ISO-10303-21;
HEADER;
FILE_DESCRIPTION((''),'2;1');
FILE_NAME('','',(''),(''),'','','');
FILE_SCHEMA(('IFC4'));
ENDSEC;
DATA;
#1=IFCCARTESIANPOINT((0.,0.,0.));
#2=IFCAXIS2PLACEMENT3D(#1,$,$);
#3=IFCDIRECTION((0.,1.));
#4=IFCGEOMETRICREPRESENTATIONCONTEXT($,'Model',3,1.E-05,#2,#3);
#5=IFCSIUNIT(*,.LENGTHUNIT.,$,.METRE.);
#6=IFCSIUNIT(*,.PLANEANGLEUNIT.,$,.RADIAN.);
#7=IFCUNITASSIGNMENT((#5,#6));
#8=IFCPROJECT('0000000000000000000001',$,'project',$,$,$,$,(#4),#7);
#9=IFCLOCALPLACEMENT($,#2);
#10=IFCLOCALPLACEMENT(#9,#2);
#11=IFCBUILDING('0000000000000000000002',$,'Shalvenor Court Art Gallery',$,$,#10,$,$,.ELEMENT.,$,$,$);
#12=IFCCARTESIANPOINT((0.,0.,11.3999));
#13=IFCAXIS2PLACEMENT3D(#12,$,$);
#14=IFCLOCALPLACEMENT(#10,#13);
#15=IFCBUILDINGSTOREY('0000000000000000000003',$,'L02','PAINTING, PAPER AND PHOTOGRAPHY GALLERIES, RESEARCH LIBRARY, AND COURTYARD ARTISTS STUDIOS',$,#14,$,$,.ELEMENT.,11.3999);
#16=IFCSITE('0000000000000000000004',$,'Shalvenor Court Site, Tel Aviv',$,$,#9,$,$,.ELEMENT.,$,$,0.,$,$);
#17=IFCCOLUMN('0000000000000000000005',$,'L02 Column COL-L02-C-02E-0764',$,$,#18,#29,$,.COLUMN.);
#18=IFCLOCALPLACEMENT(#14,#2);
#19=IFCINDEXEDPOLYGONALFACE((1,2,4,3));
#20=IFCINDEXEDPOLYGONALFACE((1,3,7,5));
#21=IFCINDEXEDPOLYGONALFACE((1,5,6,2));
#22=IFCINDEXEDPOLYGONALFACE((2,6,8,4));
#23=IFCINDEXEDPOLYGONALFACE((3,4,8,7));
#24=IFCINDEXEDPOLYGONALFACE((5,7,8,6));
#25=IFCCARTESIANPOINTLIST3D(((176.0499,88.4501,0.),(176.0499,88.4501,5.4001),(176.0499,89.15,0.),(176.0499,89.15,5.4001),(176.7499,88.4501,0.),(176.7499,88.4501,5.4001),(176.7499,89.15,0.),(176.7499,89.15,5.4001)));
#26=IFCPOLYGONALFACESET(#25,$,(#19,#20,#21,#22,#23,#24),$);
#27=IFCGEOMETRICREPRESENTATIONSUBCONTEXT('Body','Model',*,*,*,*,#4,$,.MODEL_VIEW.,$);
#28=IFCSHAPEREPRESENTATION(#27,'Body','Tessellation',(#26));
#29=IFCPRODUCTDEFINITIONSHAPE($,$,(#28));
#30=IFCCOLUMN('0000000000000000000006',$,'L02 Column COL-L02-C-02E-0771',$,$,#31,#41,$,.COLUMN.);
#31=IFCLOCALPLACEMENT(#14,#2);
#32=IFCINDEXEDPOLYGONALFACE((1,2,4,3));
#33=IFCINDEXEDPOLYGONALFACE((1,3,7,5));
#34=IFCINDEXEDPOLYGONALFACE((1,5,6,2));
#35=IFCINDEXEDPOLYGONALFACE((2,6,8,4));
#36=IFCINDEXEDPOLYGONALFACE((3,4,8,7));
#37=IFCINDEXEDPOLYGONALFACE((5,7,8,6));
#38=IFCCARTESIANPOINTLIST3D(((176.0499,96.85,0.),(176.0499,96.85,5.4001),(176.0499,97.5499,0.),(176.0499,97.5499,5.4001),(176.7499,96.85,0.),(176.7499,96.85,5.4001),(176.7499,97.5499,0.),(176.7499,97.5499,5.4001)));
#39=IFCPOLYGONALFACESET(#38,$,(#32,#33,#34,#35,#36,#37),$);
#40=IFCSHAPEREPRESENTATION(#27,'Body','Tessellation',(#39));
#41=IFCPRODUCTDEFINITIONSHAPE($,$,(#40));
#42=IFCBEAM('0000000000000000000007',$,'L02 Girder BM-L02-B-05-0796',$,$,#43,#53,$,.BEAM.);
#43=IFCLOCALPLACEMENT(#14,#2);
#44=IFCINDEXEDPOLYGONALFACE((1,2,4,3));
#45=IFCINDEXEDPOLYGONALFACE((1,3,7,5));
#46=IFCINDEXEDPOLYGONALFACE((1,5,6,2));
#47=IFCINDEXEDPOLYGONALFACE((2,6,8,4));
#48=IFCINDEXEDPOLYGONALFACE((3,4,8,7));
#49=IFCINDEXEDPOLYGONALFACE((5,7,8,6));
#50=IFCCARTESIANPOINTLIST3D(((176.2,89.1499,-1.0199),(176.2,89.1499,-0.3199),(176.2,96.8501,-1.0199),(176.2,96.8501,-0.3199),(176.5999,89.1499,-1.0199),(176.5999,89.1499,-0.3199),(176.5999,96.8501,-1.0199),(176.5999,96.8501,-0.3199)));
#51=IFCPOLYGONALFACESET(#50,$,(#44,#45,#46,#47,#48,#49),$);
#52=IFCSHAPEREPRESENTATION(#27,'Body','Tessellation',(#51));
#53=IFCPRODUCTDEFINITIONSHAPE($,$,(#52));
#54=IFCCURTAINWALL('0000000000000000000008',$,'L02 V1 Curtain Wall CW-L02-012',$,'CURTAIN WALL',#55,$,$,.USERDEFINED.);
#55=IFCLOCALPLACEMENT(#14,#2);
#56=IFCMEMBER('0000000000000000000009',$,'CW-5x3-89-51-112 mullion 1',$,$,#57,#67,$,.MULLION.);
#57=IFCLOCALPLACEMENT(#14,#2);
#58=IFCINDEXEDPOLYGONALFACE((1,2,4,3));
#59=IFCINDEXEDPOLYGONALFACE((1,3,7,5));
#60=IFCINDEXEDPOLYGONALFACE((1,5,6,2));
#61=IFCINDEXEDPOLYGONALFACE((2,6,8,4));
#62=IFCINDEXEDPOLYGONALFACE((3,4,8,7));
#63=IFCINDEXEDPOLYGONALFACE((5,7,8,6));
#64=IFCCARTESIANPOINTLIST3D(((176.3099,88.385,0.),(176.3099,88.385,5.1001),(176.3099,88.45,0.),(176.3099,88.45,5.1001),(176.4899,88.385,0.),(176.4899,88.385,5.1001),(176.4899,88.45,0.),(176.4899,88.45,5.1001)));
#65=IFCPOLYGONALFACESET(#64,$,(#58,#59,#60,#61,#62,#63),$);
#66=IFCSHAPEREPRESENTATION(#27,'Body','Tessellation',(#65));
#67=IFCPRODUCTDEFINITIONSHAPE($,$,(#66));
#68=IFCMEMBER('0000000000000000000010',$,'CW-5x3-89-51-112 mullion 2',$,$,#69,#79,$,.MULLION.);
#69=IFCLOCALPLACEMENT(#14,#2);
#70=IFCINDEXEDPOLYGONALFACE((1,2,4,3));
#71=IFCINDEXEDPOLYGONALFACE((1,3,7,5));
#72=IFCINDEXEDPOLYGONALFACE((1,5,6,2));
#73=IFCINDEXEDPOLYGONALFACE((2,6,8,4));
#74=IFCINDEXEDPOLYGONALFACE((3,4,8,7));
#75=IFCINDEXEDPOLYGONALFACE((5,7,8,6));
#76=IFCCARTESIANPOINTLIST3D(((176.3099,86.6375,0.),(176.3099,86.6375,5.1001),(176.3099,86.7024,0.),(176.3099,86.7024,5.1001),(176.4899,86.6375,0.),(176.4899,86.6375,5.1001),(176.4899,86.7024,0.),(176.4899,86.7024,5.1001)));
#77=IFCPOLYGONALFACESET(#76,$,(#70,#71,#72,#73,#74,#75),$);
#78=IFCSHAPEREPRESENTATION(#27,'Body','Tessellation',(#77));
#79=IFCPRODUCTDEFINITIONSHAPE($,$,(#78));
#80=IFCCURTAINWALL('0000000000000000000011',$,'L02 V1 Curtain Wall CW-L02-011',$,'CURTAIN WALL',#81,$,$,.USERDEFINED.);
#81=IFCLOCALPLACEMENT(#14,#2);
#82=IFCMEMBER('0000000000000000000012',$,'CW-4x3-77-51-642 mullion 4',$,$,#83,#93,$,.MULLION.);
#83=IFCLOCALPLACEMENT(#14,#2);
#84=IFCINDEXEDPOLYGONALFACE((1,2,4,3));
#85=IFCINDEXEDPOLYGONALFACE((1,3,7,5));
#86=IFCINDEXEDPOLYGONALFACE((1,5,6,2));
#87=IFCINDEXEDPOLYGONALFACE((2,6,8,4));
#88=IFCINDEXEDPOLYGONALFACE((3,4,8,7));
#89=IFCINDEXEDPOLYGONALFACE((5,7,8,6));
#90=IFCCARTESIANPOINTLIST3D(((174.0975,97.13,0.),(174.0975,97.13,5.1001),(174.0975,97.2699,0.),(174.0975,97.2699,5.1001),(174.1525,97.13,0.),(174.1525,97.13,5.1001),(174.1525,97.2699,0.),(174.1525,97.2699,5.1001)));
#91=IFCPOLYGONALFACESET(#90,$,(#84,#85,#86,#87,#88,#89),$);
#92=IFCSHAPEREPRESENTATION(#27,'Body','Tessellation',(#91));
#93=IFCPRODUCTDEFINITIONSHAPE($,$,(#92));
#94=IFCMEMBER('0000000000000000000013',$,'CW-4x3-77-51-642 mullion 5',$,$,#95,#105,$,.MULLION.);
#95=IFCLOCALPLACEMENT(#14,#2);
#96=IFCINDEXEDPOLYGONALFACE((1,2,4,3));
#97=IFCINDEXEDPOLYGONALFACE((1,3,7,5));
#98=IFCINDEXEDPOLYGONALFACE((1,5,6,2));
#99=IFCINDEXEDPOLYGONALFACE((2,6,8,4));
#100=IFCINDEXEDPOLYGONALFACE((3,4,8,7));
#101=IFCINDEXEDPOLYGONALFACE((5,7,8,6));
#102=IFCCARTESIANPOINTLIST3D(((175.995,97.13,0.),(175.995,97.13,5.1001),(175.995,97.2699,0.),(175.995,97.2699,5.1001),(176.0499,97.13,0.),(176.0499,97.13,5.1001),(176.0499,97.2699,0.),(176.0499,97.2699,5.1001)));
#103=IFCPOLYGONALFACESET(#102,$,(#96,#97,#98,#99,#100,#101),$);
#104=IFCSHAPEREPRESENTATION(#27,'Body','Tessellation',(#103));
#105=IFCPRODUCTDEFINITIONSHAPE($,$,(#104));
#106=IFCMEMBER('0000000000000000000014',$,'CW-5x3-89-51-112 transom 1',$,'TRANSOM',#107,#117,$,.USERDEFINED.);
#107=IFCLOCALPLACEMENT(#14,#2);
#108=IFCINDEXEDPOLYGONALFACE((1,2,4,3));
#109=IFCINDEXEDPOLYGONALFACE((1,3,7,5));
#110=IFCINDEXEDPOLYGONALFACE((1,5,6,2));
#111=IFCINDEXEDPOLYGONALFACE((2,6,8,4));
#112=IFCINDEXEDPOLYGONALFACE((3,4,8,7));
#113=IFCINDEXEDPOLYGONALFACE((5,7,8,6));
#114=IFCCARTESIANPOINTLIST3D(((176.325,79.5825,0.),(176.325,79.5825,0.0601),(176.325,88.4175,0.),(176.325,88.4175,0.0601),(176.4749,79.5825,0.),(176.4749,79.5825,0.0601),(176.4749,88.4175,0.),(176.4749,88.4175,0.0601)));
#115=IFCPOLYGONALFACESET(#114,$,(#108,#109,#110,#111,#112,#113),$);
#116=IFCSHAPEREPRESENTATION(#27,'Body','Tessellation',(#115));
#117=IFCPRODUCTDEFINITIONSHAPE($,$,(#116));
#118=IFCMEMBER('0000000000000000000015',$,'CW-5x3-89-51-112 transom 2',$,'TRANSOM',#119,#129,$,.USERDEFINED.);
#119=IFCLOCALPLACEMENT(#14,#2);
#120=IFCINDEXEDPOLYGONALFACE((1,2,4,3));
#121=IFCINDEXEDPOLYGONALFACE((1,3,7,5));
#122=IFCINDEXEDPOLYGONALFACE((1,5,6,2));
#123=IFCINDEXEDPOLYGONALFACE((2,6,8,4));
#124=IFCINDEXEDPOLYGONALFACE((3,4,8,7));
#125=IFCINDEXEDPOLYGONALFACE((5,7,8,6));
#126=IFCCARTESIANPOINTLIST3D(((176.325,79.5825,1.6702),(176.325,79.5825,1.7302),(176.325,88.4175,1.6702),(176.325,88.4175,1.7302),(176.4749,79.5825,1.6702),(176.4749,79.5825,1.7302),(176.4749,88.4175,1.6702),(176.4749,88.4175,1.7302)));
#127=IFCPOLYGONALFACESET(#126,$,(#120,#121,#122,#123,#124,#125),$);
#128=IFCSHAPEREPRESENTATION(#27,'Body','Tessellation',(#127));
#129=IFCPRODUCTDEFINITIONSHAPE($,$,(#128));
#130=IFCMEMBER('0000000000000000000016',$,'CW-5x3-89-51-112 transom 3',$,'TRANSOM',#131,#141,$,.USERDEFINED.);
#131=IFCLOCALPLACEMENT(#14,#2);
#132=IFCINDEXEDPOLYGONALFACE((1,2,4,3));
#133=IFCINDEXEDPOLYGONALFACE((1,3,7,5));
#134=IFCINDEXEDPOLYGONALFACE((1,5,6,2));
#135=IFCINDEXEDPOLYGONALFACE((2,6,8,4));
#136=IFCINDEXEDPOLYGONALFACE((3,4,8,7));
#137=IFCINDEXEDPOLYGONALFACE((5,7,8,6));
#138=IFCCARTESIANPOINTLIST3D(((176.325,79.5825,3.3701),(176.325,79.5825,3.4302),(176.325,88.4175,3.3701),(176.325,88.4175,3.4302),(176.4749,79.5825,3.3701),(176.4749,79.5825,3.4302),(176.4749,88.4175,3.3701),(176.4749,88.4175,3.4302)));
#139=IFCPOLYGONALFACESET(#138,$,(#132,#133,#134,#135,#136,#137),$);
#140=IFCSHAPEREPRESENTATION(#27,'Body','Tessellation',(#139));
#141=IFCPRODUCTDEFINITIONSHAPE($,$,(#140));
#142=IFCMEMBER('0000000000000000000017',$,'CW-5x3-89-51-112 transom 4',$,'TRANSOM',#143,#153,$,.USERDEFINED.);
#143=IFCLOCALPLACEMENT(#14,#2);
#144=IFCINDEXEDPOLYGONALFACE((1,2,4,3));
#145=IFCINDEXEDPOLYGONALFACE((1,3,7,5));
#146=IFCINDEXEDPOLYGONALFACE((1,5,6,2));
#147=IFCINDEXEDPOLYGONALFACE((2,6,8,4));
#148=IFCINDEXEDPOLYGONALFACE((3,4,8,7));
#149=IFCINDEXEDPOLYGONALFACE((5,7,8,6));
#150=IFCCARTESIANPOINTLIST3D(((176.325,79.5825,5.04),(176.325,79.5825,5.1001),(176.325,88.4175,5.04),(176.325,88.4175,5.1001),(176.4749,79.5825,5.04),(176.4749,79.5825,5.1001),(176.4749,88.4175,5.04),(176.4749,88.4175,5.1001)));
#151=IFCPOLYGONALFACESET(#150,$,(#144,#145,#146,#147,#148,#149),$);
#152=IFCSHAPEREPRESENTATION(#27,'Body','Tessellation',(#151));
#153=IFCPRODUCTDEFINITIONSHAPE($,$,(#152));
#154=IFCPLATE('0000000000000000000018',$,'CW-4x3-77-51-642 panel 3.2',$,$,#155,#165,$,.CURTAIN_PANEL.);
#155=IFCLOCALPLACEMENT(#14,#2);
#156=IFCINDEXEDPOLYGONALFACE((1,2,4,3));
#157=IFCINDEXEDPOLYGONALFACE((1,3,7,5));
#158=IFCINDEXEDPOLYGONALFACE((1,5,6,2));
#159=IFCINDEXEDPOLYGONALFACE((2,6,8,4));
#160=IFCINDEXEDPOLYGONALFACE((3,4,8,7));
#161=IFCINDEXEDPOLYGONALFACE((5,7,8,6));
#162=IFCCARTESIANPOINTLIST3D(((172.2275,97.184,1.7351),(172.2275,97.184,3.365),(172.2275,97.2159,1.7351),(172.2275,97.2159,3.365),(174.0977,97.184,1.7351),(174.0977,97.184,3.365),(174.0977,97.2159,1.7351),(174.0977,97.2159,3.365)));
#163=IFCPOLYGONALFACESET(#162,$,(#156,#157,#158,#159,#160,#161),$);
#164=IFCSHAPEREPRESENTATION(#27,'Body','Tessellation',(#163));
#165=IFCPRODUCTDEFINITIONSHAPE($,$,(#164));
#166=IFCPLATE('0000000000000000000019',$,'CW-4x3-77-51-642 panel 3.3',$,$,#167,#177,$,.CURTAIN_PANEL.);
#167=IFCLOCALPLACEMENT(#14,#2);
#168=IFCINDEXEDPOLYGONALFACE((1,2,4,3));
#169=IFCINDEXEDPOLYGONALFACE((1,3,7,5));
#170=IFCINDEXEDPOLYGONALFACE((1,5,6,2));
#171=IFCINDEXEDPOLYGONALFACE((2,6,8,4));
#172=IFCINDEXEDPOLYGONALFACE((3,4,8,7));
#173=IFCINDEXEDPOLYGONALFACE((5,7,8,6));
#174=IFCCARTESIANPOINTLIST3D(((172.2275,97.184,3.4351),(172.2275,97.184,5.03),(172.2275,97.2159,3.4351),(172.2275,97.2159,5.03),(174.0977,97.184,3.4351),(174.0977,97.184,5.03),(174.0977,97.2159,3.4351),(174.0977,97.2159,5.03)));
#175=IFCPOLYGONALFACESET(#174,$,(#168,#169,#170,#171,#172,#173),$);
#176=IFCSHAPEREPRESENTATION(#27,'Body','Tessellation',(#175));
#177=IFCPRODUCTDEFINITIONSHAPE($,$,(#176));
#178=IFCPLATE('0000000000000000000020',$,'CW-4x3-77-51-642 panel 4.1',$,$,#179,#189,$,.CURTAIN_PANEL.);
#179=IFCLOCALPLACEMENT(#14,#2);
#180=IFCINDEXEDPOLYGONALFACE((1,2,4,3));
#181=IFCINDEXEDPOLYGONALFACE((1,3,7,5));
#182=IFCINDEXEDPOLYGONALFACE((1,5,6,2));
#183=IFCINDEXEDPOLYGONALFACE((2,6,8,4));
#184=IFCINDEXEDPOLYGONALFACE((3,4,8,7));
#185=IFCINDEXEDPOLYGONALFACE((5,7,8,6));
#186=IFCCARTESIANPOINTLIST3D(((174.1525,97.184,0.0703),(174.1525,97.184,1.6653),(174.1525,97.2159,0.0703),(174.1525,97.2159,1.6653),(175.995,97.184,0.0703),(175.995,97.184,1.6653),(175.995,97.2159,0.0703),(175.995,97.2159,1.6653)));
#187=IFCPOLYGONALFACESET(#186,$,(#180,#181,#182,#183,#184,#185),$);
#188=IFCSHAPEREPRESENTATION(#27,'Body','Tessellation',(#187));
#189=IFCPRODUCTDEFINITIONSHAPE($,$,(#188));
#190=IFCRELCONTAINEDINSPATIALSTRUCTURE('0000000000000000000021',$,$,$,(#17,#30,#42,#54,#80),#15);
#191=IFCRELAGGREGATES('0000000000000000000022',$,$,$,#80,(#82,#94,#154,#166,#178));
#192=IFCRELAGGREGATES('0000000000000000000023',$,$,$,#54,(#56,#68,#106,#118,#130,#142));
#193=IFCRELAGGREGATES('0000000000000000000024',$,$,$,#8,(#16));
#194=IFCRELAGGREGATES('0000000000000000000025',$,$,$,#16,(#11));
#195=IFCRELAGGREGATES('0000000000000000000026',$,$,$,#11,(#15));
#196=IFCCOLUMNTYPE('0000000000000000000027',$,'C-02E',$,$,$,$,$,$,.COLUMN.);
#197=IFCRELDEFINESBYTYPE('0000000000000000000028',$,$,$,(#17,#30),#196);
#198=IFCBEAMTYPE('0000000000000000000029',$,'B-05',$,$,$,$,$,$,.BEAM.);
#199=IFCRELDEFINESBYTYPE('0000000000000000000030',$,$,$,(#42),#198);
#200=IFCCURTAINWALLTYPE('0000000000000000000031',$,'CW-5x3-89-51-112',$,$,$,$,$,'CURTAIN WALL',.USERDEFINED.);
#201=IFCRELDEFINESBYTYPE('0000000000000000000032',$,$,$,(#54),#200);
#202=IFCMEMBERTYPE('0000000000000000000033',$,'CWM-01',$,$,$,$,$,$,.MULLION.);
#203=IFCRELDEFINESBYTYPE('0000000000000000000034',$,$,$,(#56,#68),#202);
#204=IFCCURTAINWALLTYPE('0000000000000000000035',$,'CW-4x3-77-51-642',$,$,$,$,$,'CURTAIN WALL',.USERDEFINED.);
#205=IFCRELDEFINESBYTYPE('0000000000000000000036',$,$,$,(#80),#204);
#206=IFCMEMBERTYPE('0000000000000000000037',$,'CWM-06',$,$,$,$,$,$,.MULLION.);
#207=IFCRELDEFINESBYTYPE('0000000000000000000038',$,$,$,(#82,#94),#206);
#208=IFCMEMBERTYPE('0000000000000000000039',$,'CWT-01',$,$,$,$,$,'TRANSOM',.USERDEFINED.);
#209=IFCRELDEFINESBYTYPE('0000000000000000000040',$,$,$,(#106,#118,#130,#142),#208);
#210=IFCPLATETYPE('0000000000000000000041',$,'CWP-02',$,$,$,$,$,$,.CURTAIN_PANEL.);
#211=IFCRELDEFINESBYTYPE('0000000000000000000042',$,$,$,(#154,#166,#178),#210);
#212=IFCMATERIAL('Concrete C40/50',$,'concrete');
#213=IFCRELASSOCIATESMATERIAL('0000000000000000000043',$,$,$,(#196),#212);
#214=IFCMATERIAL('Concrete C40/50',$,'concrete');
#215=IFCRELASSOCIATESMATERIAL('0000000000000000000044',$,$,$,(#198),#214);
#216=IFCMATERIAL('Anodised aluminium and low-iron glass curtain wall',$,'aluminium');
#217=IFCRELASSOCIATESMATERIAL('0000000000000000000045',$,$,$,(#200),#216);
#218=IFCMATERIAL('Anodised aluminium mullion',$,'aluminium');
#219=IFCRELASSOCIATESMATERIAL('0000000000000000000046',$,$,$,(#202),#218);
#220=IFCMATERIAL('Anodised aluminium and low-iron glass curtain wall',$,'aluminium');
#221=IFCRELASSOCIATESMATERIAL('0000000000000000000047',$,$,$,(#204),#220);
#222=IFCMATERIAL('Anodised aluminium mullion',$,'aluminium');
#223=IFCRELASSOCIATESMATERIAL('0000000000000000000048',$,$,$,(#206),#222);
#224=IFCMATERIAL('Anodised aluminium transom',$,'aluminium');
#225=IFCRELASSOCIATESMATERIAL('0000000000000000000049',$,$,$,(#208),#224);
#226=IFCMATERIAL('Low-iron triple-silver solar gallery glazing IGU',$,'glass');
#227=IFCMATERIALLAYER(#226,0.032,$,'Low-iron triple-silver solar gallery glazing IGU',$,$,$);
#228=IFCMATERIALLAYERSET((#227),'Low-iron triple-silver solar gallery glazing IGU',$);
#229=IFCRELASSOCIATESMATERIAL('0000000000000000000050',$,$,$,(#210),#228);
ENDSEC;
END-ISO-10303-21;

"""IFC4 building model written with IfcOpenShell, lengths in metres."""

from ifc_helpers import new_model, si_unit, direction, frame, origin, origin_2d, place, context, subcontext, project, spatial, rectangle, extrude, material, layer, layer_set, material_profile, profile_set, type_object, element, aggregate, save


model = new_model("IFC4")

# Units and contexts
model_context = context("Model", 3, precision=1e-05, world=origin(), true_north=direction((0.0, 1.0)))
body_context = subcontext(model_context, "Body", "Model", "MODEL_VIEW")
ifc_project = project(units=[si_unit("LENGTHUNIT", "METRE"), si_unit("PLANEANGLEUNIT", "RADIAN")], contexts=[model_context])

# Site, building, storey
site_placement = place(None, origin())
site = spatial("IfcSite", under=ifc_project, at=site_placement, Name="Shalvenor Court Site, Tel Aviv", CompositionType="ELEMENT", RefElevation=0.0)
building_placement = place(site_placement, origin())
building = spatial("IfcBuilding", under=site, at=building_placement, Name="Shalvenor Court Art Gallery", CompositionType="ELEMENT")
storey_placement = place(building_placement, frame((0.0, 0.0, 11.3999)))
storey = spatial("IfcBuildingStorey", under=building, at=storey_placement, Name="L02", Description="PAINTING, PAPER AND PHOTOGRAPHY GALLERIES, RESEARCH LIBRARY, AND COURTYARD ARTISTS STUDIOS", CompositionType="ELEMENT", Elevation=11.3999)

# Columns
ifc_material_1 = material(Name="Concrete C40/50", Category="concrete")
ifc_material_profile_1 = material_profile(ifc_material_1, rectangle(XDim=0.7, YDim=0.7, at=origin_2d()), Name="RC 700x700")
ifc_profile_set_1 = profile_set([ifc_material_profile_1], Name="Concrete C40/50")
column_type = type_object("IfcColumnType", Name="C-02E", PredefinedType="COLUMN", material=ifc_profile_set_1)
for number, where, z_axis, x_axis, name in (
    (1, (176.3999, 88.8, 0.0), (0.0, 0.0, 1.0), (1.0, 0.0, 0.0), "L02 Column COL-L02-C-02E-0764"),
    (2, (176.3999, 97.2, 0.0), (0.0, 0.0, 1.0), (1.0, 0.0, 0.0), "L02 Column COL-L02-C-02E-0771"),
):
    element("IfcColumn", number, at=place(storey_placement, frame(where, z_axis=z_axis, x_axis=x_axis)), inside=storey, type_object=column_type, Name=name, PredefinedType="COLUMN", context=body_context, shape_type="SweptSolid", body=[
        extrude(rectangle(XDim=0.7, YDim=0.7, at=origin_2d()), origin(), (0.0, 0.0, 1.0), 5.4001),
    ])

# Beam
ifc_material_2 = material(Name="Concrete C40/50", Category="concrete")
ifc_material_profile_2 = material_profile(ifc_material_2, rectangle(XDim=0.3999, YDim=0.7, at=origin_2d()), Name="RC 400x700")
ifc_profile_set_2 = profile_set([ifc_material_profile_2], Name="Concrete C40/50")
beam_type = type_object("IfcBeamType", Name="B-05", PredefinedType="BEAM", material=ifc_profile_set_2)
beam_placement = place(storey_placement, frame((176.3999, 89.1499, -0.6699), z_axis=(0.0, 1.0, 0.0), x_axis=(-1.0, 0.0, 0.0)))
element("IfcBeam", 3, at=beam_placement, inside=storey, type_object=beam_type, Name="L02 Girder BM-L02-B-05-0796", PredefinedType="BEAM", context=body_context, shape_type="SweptSolid", body=[
    extrude(rectangle(XDim=0.3999, YDim=0.7, at=origin_2d()), origin(), (0.0, 0.0, 1.0), 7.7002),
])

# Curtain walls, members
ifc_material_3 = material(Name="Anodised aluminium and low-iron glass curtain wall", Category="aluminium")
curtain_wall_type_1 = type_object("IfcCurtainWallType", Name="CW-5x3-89-51-112", ElementType="CURTAIN WALL", PredefinedType="USERDEFINED", material=ifc_material_3)
curtain_wall_1_placement = place(storey_placement, origin())
curtain_wall_1 = element("IfcCurtainWall", 4, at=curtain_wall_1_placement, inside=storey, type_object=curtain_wall_type_1, Name="L02 V1 Curtain Wall CW-L02-012", ObjectType="CURTAIN WALL", PredefinedType="USERDEFINED")
ifc_material_4 = material(Name="Anodised aluminium mullion", Category="aluminium")
ifc_material_profile_3 = material_profile(ifc_material_4, rectangle(XDim=0.0649, YDim=0.1799, at=origin_2d()), Name="CWM-01")
ifc_profile_set_3 = profile_set([ifc_material_profile_3], Name="Anodised aluminium mullion")
member_type_1 = type_object("IfcMemberType", Name="CWM-01", PredefinedType="MULLION", material=ifc_profile_set_3)
member_1_placement = place(storey_placement, frame((176.3999, 88.4175, 0.0), z_axis=(0.0, 0.0, 1.0), x_axis=(0.0, -1.0, 0.0)))
member_1 = element("IfcMember", 5, at=member_1_placement, type_object=member_type_1, Name="CW-5x3-89-51-112 mullion 1", PredefinedType="MULLION", context=body_context, shape_type="SweptSolid", body=[
    extrude(rectangle(XDim=0.0649, YDim=0.1799, at=origin_2d()), origin(), (0.0, 0.0, 1.0), 5.1001),
])
member_2_placement = place(storey_placement, frame((176.3999, 86.6699, 0.0), z_axis=(0.0, 0.0, 1.0), x_axis=(0.0, -1.0, 0.0)))
member_2 = element("IfcMember", 6, at=member_2_placement, type_object=member_type_1, Name="CW-5x3-89-51-112 mullion 2", PredefinedType="MULLION", context=body_context, shape_type="SweptSolid", body=[
    extrude(rectangle(XDim=0.0649, YDim=0.1799, at=origin_2d()), origin(), (0.0, 0.0, 1.0), 5.1001),
])
ifc_material_5 = material(Name="Anodised aluminium and low-iron glass curtain wall", Category="aluminium")
curtain_wall_type_2 = type_object("IfcCurtainWallType", Name="CW-4x3-77-51-642", ElementType="CURTAIN WALL", PredefinedType="USERDEFINED", material=ifc_material_5)
curtain_wall_2_placement = place(storey_placement, origin())
curtain_wall_2 = element("IfcCurtainWall", 7, at=curtain_wall_2_placement, inside=storey, type_object=curtain_wall_type_2, Name="L02 V1 Curtain Wall CW-L02-011", ObjectType="CURTAIN WALL", PredefinedType="USERDEFINED")
ifc_material_6 = material(Name="Anodised aluminium mullion", Category="aluminium")
ifc_material_profile_4 = material_profile(ifc_material_6, rectangle(XDim=0.0549, YDim=0.1399, at=origin_2d()), Name="CWM-06")
ifc_profile_set_4 = profile_set([ifc_material_profile_4], Name="Anodised aluminium mullion")
member_type_2 = type_object("IfcMemberType", Name="CWM-06", PredefinedType="MULLION", material=ifc_profile_set_4)
member_3_placement = place(storey_placement, frame((174.125, 97.2, 0.0), z_axis=(0.0, 0.0, 1.0), x_axis=(1.0, 0.0, 0.0)))
member_3 = element("IfcMember", 8, at=member_3_placement, type_object=member_type_2, Name="CW-4x3-77-51-642 mullion 4", PredefinedType="MULLION", context=body_context, shape_type="SweptSolid", body=[
    extrude(rectangle(XDim=0.0549, YDim=0.1399, at=origin_2d()), origin(), (0.0, 0.0, 1.0), 5.1001),
])
member_4_placement = place(storey_placement, frame((176.0225, 97.2, 0.0), z_axis=(0.0, 0.0, 1.0), x_axis=(1.0, 0.0, 0.0)))
member_4 = element("IfcMember", 9, at=member_4_placement, type_object=member_type_2, Name="CW-4x3-77-51-642 mullion 5", PredefinedType="MULLION", context=body_context, shape_type="SweptSolid", body=[
    extrude(rectangle(XDim=0.0549, YDim=0.1399, at=origin_2d()), origin(), (0.0, 0.0, 1.0), 5.1001),
])

# Members
ifc_material_7 = material(Name="Anodised aluminium transom", Category="aluminium")
ifc_material_profile_5 = material_profile(ifc_material_7, rectangle(XDim=0.1499, YDim=0.0601, at=origin_2d()), Name="CWT-01")
ifc_profile_set_5 = profile_set([ifc_material_profile_5], Name="Anodised aluminium transom")
member_type_3 = type_object("IfcMemberType", Name="CWT-01", ElementType="TRANSOM", PredefinedType="USERDEFINED", material=ifc_profile_set_5)
member_5_placement = place(storey_placement, frame((176.3999, 88.4175, 0.03), z_axis=(0.0, -1.0, 0.0), x_axis=(1.0, 0.0, 0.0)))
member_5 = element("IfcMember", 10, at=member_5_placement, type_object=member_type_3, Name="CW-5x3-89-51-112 transom 1", ObjectType="TRANSOM", PredefinedType="USERDEFINED", context=body_context, shape_type="SweptSolid", body=[
    extrude(rectangle(XDim=0.1499, YDim=0.0601, at=origin_2d()), origin(), (0.0, 0.0, 1.0), 8.835),
])
member_6_placement = place(storey_placement, frame((176.3999, 88.4175, 1.7002), z_axis=(0.0, -1.0, 0.0), x_axis=(1.0, 0.0, 0.0)))
member_6 = element("IfcMember", 11, at=member_6_placement, type_object=member_type_3, Name="CW-5x3-89-51-112 transom 2", ObjectType="TRANSOM", PredefinedType="USERDEFINED", context=body_context, shape_type="SweptSolid", body=[
    extrude(rectangle(XDim=0.1499, YDim=0.0601, at=origin_2d()), origin(), (0.0, 0.0, 1.0), 8.835),
])
member_7_placement = place(storey_placement, frame((176.3999, 88.4175, 3.4001), z_axis=(0.0, -1.0, 0.0), x_axis=(1.0, 0.0, 0.0)))
member_7 = element("IfcMember", 12, at=member_7_placement, type_object=member_type_3, Name="CW-5x3-89-51-112 transom 3", ObjectType="TRANSOM", PredefinedType="USERDEFINED", context=body_context, shape_type="SweptSolid", body=[
    extrude(rectangle(XDim=0.1499, YDim=0.0601, at=origin_2d()), origin(), (0.0, 0.0, 1.0), 8.835),
])
member_8_placement = place(storey_placement, frame((176.3999, 88.4175, 5.0701), z_axis=(0.0, -1.0, 0.0), x_axis=(1.0, 0.0, 0.0)))
member_8 = element("IfcMember", 13, at=member_8_placement, type_object=member_type_3, Name="CW-5x3-89-51-112 transom 4", ObjectType="TRANSOM", PredefinedType="USERDEFINED", context=body_context, shape_type="SweptSolid", body=[
    extrude(rectangle(XDim=0.1499, YDim=0.0601, at=origin_2d()), origin(), (0.0, 0.0, 1.0), 8.835),
])

# Plates
ifc_material_8 = material(Name="Low-iron triple-silver solar gallery glazing IGU", Category="glass")
ifc_layer_1 = layer(ifc_material_8, 0.032, Name="Low-iron triple-silver solar gallery glazing IGU")
ifc_layer_set_1 = layer_set([ifc_layer_1], Name="Low-iron triple-silver solar gallery glazing IGU")
plate_type = type_object("IfcPlateType", Name="CWP-02", PredefinedType="CURTAIN_PANEL", material=ifc_layer_set_1)
plate_1_placement = place(storey_placement, frame((173.1626, 97.2, 1.7351), z_axis=(0.0, 0.0, 1.0), x_axis=(1.0, 0.0, 0.0)))
plate_1 = element("IfcPlate", 14, at=plate_1_placement, type_object=plate_type, Name="CW-4x3-77-51-642 panel 3.2", PredefinedType="CURTAIN_PANEL", context=body_context, shape_type="SweptSolid", body=[
    extrude(rectangle(XDim=1.8701, YDim=0.032, at=origin_2d()), origin(), (0.0, 0.0, 1.0), 1.6299),
])
plate_2_placement = place(storey_placement, frame((173.1626, 97.2, 3.4351), z_axis=(0.0, 0.0, 1.0), x_axis=(1.0, 0.0, 0.0)))
plate_2 = element("IfcPlate", 15, at=plate_2_placement, type_object=plate_type, Name="CW-4x3-77-51-642 panel 3.3", PredefinedType="CURTAIN_PANEL", context=body_context, shape_type="SweptSolid", body=[
    extrude(rectangle(XDim=1.8701, YDim=0.032, at=origin_2d()), origin(), (0.0, 0.0, 1.0), 1.595),
])
plate_3_placement = place(storey_placement, frame((175.0737, 97.2, 0.0703), z_axis=(0.0, 0.0, 1.0), x_axis=(1.0, 0.0, 0.0)))
plate_3 = element("IfcPlate", 16, at=plate_3_placement, type_object=plate_type, Name="CW-4x3-77-51-642 panel 4.1", PredefinedType="CURTAIN_PANEL", context=body_context, shape_type="SweptSolid", body=[
    extrude(rectangle(XDim=1.8425, YDim=0.032, at=origin_2d()), origin(), (0.0, 0.0, 1.0), 1.595),
])
aggregate(curtain_wall_2, [member_3, member_4, plate_1, plate_2, plate_3])
aggregate(curtain_wall_1, [member_1, member_2, member_5, member_6, member_7, member_8])

save(model, "model.ifc")
